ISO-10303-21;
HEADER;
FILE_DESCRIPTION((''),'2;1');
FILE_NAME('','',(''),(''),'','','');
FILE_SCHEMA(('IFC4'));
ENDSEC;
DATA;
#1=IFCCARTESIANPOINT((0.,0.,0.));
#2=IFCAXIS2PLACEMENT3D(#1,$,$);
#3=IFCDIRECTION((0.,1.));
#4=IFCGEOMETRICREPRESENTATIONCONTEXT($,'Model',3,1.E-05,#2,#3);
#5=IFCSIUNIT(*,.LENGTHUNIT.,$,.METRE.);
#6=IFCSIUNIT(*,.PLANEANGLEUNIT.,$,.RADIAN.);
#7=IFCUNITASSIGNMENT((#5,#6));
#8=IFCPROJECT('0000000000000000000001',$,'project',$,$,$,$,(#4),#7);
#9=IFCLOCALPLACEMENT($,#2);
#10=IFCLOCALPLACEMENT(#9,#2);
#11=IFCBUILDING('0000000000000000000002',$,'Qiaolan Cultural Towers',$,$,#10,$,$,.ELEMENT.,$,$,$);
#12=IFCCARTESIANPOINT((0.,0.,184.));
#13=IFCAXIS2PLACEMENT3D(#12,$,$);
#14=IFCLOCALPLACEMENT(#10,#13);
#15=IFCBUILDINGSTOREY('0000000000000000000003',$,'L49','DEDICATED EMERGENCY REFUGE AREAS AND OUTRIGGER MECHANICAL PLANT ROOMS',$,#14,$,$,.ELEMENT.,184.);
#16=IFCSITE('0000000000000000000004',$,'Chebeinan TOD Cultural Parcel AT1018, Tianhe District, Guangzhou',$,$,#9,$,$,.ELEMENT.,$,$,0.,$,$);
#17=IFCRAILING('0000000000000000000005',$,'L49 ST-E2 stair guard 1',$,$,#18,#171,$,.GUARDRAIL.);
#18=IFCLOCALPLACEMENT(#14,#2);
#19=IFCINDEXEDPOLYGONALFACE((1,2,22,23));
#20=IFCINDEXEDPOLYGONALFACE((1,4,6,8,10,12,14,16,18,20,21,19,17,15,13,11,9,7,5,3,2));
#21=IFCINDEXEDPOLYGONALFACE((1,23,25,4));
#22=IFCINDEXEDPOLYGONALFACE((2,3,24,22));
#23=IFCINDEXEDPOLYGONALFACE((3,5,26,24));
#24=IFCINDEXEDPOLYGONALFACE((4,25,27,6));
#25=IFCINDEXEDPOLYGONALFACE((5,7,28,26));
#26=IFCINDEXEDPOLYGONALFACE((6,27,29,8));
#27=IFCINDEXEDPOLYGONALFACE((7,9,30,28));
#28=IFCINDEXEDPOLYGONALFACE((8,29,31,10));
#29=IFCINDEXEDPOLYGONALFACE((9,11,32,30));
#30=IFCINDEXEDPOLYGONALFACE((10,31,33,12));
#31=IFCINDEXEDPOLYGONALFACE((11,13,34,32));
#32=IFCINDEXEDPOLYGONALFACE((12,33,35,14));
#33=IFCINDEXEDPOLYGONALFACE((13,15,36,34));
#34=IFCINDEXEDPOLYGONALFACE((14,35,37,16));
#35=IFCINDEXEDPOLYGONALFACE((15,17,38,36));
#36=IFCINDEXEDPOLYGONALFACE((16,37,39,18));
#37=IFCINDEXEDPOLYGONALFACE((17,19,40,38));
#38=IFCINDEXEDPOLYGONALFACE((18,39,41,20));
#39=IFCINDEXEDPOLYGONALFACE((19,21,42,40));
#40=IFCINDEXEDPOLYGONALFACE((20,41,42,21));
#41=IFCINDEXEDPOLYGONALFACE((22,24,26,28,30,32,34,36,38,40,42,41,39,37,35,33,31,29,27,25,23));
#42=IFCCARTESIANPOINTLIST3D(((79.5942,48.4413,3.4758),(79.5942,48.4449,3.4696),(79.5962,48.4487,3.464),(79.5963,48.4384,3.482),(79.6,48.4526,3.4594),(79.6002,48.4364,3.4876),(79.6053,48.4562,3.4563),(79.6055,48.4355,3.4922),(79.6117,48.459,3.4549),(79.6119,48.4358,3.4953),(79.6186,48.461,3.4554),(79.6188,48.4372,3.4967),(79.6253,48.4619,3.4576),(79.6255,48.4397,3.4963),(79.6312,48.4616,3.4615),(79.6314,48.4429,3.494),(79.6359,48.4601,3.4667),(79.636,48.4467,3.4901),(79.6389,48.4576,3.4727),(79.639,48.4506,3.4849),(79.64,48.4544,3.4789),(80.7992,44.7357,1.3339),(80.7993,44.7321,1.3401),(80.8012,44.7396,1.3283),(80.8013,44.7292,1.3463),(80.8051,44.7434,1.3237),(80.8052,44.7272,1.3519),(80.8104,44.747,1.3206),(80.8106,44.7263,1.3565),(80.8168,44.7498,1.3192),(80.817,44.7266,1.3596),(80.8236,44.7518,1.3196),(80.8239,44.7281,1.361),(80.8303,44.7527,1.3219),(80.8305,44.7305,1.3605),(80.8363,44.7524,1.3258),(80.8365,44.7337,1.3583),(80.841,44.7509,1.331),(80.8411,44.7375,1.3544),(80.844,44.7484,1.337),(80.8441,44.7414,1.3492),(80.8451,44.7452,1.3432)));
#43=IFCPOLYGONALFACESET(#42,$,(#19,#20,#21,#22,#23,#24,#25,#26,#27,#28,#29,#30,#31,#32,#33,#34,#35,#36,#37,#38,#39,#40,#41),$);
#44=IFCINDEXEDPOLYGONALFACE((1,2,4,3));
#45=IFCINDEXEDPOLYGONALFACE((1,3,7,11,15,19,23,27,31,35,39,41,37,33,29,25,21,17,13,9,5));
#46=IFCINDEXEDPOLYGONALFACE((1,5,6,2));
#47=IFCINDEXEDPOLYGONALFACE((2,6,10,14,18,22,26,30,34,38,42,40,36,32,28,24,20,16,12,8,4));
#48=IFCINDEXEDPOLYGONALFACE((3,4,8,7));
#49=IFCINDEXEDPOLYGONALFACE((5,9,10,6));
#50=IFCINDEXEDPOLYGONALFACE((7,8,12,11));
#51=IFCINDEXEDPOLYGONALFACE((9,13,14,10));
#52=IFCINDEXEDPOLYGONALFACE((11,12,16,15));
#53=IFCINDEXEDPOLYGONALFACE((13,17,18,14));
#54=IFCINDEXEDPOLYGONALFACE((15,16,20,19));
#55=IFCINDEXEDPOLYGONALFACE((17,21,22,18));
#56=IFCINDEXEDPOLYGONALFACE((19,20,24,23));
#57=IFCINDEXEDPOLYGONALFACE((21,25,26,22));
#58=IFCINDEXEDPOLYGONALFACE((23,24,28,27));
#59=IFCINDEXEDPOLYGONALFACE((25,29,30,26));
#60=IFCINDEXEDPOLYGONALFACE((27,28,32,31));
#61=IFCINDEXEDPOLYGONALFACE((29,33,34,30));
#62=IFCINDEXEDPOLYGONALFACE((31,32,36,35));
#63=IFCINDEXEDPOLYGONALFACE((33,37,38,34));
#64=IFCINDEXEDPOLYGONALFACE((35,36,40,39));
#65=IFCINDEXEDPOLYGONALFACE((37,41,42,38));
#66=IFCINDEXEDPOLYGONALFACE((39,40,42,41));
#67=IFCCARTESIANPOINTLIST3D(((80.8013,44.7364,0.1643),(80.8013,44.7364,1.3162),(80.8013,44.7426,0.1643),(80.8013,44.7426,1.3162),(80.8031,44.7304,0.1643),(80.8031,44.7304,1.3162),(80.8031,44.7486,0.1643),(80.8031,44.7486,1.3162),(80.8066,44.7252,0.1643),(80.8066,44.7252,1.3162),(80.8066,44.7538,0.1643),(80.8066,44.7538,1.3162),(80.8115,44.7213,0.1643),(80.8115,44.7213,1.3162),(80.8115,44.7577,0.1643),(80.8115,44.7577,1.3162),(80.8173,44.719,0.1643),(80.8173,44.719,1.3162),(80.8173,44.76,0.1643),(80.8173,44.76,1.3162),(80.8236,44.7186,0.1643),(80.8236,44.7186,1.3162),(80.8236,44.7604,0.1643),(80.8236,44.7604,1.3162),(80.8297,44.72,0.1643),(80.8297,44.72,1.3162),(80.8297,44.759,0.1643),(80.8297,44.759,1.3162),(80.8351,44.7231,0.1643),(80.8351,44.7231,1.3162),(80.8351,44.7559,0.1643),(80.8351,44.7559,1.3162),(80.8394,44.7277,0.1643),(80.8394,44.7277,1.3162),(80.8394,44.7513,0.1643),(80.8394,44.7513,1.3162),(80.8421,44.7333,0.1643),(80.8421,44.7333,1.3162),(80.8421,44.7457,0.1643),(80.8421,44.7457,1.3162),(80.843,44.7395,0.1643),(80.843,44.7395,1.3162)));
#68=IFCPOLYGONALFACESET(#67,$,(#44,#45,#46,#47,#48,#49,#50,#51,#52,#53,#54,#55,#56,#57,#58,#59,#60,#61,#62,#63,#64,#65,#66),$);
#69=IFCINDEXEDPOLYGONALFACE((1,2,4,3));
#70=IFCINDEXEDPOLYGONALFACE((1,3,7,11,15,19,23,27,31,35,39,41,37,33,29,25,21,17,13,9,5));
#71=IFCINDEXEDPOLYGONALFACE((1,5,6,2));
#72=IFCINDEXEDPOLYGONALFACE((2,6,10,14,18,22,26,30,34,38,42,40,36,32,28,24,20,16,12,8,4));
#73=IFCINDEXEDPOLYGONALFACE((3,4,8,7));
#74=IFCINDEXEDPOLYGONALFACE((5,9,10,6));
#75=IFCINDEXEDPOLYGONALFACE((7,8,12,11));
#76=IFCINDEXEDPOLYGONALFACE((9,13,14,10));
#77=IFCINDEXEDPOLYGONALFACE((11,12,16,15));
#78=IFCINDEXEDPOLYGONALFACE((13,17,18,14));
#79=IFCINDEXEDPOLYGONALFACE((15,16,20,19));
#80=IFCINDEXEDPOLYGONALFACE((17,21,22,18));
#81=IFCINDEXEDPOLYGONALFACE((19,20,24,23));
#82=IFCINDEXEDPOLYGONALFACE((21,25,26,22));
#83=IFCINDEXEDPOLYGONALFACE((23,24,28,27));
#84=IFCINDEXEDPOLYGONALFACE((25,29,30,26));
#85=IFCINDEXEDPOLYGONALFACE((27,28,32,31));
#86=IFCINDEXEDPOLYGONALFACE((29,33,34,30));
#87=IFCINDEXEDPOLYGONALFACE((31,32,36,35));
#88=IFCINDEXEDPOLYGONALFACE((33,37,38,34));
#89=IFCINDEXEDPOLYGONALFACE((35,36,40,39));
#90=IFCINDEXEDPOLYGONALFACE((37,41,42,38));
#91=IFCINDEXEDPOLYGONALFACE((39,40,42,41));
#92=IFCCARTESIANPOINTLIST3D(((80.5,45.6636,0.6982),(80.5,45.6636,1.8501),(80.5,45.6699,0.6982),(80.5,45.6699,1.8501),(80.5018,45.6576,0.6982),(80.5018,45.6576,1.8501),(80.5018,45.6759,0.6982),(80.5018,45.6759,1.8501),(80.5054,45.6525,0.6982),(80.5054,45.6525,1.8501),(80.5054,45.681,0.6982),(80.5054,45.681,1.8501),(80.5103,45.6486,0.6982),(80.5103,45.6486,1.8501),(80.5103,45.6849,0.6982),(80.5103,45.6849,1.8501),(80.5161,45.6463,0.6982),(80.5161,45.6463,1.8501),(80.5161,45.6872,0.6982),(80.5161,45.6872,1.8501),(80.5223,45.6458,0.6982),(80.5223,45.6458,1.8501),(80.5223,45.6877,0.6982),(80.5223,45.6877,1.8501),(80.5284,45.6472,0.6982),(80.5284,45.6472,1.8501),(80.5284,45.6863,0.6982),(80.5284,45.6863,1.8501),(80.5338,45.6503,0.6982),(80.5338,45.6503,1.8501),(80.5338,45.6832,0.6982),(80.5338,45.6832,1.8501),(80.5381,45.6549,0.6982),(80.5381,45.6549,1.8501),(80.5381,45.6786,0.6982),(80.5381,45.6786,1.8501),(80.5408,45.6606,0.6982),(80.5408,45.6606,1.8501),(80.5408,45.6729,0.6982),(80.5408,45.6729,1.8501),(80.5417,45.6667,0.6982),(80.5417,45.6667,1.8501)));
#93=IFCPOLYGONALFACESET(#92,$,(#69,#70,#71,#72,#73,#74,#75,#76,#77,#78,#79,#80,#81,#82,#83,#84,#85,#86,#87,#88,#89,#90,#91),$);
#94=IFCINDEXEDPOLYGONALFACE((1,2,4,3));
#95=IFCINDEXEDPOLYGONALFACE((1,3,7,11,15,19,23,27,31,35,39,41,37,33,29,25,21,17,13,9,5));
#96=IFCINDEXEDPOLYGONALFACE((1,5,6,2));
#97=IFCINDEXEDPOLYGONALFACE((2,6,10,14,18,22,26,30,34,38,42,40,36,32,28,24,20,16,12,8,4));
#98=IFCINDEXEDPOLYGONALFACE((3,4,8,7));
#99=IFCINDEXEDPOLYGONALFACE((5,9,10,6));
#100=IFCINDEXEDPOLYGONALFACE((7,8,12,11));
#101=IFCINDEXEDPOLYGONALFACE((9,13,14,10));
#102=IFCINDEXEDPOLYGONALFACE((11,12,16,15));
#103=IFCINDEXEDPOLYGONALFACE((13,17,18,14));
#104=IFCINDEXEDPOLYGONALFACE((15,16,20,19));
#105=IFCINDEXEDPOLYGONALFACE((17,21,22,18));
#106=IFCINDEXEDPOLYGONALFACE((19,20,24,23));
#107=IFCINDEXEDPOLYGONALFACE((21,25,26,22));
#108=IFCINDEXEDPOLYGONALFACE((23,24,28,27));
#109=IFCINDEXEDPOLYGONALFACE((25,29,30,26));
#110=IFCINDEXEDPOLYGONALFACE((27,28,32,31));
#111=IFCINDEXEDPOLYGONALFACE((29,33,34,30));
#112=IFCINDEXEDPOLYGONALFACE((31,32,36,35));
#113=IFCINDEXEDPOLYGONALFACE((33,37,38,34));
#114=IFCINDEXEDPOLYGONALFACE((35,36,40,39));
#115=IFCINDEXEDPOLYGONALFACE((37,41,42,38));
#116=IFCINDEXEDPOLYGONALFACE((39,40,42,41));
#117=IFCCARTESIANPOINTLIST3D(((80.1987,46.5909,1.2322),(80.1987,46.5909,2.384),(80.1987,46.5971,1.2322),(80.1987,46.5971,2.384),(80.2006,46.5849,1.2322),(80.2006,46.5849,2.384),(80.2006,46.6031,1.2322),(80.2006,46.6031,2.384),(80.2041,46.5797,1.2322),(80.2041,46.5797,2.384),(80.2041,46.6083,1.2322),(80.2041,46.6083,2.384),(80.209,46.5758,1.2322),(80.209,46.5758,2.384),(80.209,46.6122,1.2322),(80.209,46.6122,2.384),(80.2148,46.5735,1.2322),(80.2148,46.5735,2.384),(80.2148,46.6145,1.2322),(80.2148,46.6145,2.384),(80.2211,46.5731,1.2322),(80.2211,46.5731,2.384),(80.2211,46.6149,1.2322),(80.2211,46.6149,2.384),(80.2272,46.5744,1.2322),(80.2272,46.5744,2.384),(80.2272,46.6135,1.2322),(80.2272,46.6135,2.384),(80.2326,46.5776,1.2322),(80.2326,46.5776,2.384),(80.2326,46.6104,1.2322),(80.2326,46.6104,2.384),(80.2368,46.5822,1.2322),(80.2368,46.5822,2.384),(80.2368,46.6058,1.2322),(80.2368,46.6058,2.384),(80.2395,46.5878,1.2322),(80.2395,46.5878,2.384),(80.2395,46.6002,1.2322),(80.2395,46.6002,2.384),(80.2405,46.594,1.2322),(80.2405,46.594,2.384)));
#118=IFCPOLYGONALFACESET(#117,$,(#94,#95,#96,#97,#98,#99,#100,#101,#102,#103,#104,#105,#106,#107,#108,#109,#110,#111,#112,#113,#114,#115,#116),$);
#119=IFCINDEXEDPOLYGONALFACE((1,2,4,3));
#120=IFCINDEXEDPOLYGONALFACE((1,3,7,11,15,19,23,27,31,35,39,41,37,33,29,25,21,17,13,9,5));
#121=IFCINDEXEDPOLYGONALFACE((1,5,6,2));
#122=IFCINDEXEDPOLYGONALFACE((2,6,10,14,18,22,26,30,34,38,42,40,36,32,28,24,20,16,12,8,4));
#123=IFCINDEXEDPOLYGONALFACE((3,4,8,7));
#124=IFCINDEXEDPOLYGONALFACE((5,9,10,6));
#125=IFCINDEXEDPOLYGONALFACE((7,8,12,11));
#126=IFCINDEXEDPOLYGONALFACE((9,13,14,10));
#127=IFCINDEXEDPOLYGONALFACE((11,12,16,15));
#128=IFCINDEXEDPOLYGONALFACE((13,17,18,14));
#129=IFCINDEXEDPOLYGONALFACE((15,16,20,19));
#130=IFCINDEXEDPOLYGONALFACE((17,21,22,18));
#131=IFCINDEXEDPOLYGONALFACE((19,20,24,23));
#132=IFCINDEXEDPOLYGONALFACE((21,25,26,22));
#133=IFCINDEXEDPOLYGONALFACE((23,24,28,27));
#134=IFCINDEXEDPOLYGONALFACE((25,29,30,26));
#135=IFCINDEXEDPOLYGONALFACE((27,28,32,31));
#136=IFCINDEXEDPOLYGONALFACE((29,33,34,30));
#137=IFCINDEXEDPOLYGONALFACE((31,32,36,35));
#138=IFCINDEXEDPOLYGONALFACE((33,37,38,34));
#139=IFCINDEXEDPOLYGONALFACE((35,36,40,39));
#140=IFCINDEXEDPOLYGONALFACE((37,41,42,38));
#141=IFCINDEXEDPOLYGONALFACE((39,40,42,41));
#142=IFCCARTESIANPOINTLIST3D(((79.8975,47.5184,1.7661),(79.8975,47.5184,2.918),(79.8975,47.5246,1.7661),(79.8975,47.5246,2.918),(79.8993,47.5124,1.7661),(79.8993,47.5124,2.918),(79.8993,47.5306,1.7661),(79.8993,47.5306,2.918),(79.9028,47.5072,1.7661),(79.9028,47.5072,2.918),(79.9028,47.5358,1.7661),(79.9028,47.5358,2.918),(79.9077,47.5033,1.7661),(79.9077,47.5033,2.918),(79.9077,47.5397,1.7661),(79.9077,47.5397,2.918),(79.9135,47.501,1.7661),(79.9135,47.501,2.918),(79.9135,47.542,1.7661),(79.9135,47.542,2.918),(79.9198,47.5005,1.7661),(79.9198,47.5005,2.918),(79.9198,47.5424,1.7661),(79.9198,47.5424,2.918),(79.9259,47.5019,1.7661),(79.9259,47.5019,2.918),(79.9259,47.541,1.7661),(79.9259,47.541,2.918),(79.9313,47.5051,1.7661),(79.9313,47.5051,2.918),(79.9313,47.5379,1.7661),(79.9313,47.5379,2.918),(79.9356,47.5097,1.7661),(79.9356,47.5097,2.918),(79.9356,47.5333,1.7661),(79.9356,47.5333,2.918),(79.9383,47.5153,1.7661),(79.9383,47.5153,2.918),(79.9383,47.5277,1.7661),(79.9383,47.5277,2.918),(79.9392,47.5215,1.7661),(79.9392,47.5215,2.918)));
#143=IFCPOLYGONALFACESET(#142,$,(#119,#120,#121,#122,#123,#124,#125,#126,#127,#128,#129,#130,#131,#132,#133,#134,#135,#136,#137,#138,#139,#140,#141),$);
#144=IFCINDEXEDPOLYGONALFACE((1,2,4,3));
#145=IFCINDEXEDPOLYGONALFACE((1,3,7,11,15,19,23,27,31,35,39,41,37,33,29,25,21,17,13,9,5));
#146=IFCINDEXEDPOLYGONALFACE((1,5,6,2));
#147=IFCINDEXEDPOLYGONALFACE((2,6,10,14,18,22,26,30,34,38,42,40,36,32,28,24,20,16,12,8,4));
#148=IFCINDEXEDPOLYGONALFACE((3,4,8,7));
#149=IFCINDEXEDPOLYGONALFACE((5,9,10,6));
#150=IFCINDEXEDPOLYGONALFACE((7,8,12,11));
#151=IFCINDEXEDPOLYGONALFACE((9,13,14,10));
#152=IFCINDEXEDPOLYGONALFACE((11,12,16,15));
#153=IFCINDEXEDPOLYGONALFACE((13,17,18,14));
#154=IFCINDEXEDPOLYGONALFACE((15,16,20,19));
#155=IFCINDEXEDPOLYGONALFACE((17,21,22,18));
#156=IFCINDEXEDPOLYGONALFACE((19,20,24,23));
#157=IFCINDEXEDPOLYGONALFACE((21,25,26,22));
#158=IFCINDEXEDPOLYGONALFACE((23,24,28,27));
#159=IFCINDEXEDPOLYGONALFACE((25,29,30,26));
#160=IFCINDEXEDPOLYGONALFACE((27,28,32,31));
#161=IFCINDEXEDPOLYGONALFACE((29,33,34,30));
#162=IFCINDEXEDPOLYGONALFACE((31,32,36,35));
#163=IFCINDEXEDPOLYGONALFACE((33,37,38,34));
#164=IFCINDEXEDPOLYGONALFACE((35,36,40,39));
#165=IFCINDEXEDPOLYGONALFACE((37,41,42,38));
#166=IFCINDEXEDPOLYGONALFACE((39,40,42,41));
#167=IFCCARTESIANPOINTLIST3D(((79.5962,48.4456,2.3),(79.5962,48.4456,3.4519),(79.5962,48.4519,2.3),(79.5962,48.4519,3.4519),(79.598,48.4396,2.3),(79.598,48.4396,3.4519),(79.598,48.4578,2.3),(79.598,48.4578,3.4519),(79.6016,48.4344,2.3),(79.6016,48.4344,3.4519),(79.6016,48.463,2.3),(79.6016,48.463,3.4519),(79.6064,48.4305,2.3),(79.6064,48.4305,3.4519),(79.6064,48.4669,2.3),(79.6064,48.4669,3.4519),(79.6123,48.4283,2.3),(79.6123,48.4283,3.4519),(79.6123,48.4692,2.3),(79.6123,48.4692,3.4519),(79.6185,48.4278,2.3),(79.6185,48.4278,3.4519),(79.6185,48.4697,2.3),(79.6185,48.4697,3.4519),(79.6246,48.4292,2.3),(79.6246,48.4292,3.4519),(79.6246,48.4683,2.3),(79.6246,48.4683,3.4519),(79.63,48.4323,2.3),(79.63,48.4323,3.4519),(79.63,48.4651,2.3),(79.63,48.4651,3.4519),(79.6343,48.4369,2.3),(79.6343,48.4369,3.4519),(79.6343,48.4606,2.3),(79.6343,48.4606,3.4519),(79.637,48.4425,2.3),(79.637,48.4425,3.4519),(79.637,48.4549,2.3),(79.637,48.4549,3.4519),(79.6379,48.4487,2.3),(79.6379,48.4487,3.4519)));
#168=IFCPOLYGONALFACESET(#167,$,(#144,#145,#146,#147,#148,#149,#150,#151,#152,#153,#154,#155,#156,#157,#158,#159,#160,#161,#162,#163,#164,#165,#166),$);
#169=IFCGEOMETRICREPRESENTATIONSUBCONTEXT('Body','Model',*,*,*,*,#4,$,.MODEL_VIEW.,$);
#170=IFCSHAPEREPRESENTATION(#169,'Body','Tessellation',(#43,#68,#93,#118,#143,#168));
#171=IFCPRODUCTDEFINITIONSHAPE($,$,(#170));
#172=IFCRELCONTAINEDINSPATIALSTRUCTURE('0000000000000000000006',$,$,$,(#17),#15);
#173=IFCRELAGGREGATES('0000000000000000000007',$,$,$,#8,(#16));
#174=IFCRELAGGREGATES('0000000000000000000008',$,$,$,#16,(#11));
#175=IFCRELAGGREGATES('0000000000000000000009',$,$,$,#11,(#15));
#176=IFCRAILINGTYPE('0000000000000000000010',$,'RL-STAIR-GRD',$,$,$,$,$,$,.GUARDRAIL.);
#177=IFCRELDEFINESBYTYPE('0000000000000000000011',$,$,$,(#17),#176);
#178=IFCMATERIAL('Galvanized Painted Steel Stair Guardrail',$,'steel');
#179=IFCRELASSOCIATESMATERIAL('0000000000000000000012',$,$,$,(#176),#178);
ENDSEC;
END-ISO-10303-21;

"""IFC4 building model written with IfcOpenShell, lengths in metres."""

from ifc_helpers import new_model, si_unit, direction, frame, origin, origin_2d, place, context, subcontext, project, spatial, circle, extrude, material, type_object, element, save


model = new_model("IFC4")

# Units and contexts
model_context = context("Model", 3, precision=1e-05, world=origin(), true_north=direction((0.0, 1.0)))
body_context = subcontext(model_context, "Body", "Model", "MODEL_VIEW")
ifc_project = project(units=[si_unit("LENGTHUNIT", "METRE"), si_unit("PLANEANGLEUNIT", "RADIAN")], contexts=[model_context])

# Site, building, storey
site_placement = place(None, origin())
site = spatial("IfcSite", under=ifc_project, at=site_placement, Name="Chebeinan TOD Cultural Parcel AT1018, Tianhe District, Guangzhou", CompositionType="ELEMENT", RefElevation=0.0)
building_placement = place(site_placement, origin())
building = spatial("IfcBuilding", under=site, at=building_placement, Name="Qiaolan Cultural Towers", CompositionType="ELEMENT")
storey_placement = place(building_placement, frame((0.0, 0.0, 184.0)))
storey = spatial("IfcBuildingStorey", under=building, at=storey_placement, Name="L49", Description="DEDICATED EMERGENCY REFUGE AREAS AND OUTRIGGER MECHANICAL PLANT ROOMS", CompositionType="ELEMENT", Elevation=184.0)

# Railing
ifc_material_1 = material(Name="Galvanized Painted Steel Stair Guardrail", Category="steel")
railing_type_1 = type_object("IfcRailingType", Name="RL-STAIR-GRD", PredefinedType="GUARDRAIL", material=ifc_material_1)
railing_1_placement = place(storey_placement, frame((80.822, 44.7395, 0.1643)))
element("IfcRailing", 1, at=railing_1_placement, inside=storey, type_object=railing_type_1, Name="L49 ST-E2 stair guard 1", PredefinedType="GUARDRAIL", context=body_context, shape_type="SweptSolid", body=[
    extrude(circle(Radius=0.0239, at=origin_2d()), frame((0.0, 0.0, 1.1758), z_axis=(-0.271013, 0.834177, 0.480312), x_axis=(-0.951066, -0.308988, 0.0)), (0.0, 0.0, 1.0), 4.4465),
    extrude(circle(Radius=0.021, at=origin_2d()), origin(), (0.0, 0.0, 1.0), 1.1519),
    extrude(circle(Radius=0.021, at=origin_2d()), frame((-0.3013, 0.9272, 0.5339)), (0.0, 0.0, 1.0), 1.1519),
    extrude(circle(Radius=0.021, at=origin_2d()), frame((-0.6025, 1.8545, 1.0679)), (0.0, 0.0, 1.0), 1.1519),
    extrude(circle(Radius=0.021, at=origin_2d()), frame((-0.9038, 2.782, 1.6018)), (0.0, 0.0, 1.0), 1.1519),
    extrude(circle(Radius=0.021, at=origin_2d()), frame((-1.2051, 3.7092, 2.1357)), (0.0, 0.0, 1.0), 1.1519),
])

save(model, "model.ifc")
